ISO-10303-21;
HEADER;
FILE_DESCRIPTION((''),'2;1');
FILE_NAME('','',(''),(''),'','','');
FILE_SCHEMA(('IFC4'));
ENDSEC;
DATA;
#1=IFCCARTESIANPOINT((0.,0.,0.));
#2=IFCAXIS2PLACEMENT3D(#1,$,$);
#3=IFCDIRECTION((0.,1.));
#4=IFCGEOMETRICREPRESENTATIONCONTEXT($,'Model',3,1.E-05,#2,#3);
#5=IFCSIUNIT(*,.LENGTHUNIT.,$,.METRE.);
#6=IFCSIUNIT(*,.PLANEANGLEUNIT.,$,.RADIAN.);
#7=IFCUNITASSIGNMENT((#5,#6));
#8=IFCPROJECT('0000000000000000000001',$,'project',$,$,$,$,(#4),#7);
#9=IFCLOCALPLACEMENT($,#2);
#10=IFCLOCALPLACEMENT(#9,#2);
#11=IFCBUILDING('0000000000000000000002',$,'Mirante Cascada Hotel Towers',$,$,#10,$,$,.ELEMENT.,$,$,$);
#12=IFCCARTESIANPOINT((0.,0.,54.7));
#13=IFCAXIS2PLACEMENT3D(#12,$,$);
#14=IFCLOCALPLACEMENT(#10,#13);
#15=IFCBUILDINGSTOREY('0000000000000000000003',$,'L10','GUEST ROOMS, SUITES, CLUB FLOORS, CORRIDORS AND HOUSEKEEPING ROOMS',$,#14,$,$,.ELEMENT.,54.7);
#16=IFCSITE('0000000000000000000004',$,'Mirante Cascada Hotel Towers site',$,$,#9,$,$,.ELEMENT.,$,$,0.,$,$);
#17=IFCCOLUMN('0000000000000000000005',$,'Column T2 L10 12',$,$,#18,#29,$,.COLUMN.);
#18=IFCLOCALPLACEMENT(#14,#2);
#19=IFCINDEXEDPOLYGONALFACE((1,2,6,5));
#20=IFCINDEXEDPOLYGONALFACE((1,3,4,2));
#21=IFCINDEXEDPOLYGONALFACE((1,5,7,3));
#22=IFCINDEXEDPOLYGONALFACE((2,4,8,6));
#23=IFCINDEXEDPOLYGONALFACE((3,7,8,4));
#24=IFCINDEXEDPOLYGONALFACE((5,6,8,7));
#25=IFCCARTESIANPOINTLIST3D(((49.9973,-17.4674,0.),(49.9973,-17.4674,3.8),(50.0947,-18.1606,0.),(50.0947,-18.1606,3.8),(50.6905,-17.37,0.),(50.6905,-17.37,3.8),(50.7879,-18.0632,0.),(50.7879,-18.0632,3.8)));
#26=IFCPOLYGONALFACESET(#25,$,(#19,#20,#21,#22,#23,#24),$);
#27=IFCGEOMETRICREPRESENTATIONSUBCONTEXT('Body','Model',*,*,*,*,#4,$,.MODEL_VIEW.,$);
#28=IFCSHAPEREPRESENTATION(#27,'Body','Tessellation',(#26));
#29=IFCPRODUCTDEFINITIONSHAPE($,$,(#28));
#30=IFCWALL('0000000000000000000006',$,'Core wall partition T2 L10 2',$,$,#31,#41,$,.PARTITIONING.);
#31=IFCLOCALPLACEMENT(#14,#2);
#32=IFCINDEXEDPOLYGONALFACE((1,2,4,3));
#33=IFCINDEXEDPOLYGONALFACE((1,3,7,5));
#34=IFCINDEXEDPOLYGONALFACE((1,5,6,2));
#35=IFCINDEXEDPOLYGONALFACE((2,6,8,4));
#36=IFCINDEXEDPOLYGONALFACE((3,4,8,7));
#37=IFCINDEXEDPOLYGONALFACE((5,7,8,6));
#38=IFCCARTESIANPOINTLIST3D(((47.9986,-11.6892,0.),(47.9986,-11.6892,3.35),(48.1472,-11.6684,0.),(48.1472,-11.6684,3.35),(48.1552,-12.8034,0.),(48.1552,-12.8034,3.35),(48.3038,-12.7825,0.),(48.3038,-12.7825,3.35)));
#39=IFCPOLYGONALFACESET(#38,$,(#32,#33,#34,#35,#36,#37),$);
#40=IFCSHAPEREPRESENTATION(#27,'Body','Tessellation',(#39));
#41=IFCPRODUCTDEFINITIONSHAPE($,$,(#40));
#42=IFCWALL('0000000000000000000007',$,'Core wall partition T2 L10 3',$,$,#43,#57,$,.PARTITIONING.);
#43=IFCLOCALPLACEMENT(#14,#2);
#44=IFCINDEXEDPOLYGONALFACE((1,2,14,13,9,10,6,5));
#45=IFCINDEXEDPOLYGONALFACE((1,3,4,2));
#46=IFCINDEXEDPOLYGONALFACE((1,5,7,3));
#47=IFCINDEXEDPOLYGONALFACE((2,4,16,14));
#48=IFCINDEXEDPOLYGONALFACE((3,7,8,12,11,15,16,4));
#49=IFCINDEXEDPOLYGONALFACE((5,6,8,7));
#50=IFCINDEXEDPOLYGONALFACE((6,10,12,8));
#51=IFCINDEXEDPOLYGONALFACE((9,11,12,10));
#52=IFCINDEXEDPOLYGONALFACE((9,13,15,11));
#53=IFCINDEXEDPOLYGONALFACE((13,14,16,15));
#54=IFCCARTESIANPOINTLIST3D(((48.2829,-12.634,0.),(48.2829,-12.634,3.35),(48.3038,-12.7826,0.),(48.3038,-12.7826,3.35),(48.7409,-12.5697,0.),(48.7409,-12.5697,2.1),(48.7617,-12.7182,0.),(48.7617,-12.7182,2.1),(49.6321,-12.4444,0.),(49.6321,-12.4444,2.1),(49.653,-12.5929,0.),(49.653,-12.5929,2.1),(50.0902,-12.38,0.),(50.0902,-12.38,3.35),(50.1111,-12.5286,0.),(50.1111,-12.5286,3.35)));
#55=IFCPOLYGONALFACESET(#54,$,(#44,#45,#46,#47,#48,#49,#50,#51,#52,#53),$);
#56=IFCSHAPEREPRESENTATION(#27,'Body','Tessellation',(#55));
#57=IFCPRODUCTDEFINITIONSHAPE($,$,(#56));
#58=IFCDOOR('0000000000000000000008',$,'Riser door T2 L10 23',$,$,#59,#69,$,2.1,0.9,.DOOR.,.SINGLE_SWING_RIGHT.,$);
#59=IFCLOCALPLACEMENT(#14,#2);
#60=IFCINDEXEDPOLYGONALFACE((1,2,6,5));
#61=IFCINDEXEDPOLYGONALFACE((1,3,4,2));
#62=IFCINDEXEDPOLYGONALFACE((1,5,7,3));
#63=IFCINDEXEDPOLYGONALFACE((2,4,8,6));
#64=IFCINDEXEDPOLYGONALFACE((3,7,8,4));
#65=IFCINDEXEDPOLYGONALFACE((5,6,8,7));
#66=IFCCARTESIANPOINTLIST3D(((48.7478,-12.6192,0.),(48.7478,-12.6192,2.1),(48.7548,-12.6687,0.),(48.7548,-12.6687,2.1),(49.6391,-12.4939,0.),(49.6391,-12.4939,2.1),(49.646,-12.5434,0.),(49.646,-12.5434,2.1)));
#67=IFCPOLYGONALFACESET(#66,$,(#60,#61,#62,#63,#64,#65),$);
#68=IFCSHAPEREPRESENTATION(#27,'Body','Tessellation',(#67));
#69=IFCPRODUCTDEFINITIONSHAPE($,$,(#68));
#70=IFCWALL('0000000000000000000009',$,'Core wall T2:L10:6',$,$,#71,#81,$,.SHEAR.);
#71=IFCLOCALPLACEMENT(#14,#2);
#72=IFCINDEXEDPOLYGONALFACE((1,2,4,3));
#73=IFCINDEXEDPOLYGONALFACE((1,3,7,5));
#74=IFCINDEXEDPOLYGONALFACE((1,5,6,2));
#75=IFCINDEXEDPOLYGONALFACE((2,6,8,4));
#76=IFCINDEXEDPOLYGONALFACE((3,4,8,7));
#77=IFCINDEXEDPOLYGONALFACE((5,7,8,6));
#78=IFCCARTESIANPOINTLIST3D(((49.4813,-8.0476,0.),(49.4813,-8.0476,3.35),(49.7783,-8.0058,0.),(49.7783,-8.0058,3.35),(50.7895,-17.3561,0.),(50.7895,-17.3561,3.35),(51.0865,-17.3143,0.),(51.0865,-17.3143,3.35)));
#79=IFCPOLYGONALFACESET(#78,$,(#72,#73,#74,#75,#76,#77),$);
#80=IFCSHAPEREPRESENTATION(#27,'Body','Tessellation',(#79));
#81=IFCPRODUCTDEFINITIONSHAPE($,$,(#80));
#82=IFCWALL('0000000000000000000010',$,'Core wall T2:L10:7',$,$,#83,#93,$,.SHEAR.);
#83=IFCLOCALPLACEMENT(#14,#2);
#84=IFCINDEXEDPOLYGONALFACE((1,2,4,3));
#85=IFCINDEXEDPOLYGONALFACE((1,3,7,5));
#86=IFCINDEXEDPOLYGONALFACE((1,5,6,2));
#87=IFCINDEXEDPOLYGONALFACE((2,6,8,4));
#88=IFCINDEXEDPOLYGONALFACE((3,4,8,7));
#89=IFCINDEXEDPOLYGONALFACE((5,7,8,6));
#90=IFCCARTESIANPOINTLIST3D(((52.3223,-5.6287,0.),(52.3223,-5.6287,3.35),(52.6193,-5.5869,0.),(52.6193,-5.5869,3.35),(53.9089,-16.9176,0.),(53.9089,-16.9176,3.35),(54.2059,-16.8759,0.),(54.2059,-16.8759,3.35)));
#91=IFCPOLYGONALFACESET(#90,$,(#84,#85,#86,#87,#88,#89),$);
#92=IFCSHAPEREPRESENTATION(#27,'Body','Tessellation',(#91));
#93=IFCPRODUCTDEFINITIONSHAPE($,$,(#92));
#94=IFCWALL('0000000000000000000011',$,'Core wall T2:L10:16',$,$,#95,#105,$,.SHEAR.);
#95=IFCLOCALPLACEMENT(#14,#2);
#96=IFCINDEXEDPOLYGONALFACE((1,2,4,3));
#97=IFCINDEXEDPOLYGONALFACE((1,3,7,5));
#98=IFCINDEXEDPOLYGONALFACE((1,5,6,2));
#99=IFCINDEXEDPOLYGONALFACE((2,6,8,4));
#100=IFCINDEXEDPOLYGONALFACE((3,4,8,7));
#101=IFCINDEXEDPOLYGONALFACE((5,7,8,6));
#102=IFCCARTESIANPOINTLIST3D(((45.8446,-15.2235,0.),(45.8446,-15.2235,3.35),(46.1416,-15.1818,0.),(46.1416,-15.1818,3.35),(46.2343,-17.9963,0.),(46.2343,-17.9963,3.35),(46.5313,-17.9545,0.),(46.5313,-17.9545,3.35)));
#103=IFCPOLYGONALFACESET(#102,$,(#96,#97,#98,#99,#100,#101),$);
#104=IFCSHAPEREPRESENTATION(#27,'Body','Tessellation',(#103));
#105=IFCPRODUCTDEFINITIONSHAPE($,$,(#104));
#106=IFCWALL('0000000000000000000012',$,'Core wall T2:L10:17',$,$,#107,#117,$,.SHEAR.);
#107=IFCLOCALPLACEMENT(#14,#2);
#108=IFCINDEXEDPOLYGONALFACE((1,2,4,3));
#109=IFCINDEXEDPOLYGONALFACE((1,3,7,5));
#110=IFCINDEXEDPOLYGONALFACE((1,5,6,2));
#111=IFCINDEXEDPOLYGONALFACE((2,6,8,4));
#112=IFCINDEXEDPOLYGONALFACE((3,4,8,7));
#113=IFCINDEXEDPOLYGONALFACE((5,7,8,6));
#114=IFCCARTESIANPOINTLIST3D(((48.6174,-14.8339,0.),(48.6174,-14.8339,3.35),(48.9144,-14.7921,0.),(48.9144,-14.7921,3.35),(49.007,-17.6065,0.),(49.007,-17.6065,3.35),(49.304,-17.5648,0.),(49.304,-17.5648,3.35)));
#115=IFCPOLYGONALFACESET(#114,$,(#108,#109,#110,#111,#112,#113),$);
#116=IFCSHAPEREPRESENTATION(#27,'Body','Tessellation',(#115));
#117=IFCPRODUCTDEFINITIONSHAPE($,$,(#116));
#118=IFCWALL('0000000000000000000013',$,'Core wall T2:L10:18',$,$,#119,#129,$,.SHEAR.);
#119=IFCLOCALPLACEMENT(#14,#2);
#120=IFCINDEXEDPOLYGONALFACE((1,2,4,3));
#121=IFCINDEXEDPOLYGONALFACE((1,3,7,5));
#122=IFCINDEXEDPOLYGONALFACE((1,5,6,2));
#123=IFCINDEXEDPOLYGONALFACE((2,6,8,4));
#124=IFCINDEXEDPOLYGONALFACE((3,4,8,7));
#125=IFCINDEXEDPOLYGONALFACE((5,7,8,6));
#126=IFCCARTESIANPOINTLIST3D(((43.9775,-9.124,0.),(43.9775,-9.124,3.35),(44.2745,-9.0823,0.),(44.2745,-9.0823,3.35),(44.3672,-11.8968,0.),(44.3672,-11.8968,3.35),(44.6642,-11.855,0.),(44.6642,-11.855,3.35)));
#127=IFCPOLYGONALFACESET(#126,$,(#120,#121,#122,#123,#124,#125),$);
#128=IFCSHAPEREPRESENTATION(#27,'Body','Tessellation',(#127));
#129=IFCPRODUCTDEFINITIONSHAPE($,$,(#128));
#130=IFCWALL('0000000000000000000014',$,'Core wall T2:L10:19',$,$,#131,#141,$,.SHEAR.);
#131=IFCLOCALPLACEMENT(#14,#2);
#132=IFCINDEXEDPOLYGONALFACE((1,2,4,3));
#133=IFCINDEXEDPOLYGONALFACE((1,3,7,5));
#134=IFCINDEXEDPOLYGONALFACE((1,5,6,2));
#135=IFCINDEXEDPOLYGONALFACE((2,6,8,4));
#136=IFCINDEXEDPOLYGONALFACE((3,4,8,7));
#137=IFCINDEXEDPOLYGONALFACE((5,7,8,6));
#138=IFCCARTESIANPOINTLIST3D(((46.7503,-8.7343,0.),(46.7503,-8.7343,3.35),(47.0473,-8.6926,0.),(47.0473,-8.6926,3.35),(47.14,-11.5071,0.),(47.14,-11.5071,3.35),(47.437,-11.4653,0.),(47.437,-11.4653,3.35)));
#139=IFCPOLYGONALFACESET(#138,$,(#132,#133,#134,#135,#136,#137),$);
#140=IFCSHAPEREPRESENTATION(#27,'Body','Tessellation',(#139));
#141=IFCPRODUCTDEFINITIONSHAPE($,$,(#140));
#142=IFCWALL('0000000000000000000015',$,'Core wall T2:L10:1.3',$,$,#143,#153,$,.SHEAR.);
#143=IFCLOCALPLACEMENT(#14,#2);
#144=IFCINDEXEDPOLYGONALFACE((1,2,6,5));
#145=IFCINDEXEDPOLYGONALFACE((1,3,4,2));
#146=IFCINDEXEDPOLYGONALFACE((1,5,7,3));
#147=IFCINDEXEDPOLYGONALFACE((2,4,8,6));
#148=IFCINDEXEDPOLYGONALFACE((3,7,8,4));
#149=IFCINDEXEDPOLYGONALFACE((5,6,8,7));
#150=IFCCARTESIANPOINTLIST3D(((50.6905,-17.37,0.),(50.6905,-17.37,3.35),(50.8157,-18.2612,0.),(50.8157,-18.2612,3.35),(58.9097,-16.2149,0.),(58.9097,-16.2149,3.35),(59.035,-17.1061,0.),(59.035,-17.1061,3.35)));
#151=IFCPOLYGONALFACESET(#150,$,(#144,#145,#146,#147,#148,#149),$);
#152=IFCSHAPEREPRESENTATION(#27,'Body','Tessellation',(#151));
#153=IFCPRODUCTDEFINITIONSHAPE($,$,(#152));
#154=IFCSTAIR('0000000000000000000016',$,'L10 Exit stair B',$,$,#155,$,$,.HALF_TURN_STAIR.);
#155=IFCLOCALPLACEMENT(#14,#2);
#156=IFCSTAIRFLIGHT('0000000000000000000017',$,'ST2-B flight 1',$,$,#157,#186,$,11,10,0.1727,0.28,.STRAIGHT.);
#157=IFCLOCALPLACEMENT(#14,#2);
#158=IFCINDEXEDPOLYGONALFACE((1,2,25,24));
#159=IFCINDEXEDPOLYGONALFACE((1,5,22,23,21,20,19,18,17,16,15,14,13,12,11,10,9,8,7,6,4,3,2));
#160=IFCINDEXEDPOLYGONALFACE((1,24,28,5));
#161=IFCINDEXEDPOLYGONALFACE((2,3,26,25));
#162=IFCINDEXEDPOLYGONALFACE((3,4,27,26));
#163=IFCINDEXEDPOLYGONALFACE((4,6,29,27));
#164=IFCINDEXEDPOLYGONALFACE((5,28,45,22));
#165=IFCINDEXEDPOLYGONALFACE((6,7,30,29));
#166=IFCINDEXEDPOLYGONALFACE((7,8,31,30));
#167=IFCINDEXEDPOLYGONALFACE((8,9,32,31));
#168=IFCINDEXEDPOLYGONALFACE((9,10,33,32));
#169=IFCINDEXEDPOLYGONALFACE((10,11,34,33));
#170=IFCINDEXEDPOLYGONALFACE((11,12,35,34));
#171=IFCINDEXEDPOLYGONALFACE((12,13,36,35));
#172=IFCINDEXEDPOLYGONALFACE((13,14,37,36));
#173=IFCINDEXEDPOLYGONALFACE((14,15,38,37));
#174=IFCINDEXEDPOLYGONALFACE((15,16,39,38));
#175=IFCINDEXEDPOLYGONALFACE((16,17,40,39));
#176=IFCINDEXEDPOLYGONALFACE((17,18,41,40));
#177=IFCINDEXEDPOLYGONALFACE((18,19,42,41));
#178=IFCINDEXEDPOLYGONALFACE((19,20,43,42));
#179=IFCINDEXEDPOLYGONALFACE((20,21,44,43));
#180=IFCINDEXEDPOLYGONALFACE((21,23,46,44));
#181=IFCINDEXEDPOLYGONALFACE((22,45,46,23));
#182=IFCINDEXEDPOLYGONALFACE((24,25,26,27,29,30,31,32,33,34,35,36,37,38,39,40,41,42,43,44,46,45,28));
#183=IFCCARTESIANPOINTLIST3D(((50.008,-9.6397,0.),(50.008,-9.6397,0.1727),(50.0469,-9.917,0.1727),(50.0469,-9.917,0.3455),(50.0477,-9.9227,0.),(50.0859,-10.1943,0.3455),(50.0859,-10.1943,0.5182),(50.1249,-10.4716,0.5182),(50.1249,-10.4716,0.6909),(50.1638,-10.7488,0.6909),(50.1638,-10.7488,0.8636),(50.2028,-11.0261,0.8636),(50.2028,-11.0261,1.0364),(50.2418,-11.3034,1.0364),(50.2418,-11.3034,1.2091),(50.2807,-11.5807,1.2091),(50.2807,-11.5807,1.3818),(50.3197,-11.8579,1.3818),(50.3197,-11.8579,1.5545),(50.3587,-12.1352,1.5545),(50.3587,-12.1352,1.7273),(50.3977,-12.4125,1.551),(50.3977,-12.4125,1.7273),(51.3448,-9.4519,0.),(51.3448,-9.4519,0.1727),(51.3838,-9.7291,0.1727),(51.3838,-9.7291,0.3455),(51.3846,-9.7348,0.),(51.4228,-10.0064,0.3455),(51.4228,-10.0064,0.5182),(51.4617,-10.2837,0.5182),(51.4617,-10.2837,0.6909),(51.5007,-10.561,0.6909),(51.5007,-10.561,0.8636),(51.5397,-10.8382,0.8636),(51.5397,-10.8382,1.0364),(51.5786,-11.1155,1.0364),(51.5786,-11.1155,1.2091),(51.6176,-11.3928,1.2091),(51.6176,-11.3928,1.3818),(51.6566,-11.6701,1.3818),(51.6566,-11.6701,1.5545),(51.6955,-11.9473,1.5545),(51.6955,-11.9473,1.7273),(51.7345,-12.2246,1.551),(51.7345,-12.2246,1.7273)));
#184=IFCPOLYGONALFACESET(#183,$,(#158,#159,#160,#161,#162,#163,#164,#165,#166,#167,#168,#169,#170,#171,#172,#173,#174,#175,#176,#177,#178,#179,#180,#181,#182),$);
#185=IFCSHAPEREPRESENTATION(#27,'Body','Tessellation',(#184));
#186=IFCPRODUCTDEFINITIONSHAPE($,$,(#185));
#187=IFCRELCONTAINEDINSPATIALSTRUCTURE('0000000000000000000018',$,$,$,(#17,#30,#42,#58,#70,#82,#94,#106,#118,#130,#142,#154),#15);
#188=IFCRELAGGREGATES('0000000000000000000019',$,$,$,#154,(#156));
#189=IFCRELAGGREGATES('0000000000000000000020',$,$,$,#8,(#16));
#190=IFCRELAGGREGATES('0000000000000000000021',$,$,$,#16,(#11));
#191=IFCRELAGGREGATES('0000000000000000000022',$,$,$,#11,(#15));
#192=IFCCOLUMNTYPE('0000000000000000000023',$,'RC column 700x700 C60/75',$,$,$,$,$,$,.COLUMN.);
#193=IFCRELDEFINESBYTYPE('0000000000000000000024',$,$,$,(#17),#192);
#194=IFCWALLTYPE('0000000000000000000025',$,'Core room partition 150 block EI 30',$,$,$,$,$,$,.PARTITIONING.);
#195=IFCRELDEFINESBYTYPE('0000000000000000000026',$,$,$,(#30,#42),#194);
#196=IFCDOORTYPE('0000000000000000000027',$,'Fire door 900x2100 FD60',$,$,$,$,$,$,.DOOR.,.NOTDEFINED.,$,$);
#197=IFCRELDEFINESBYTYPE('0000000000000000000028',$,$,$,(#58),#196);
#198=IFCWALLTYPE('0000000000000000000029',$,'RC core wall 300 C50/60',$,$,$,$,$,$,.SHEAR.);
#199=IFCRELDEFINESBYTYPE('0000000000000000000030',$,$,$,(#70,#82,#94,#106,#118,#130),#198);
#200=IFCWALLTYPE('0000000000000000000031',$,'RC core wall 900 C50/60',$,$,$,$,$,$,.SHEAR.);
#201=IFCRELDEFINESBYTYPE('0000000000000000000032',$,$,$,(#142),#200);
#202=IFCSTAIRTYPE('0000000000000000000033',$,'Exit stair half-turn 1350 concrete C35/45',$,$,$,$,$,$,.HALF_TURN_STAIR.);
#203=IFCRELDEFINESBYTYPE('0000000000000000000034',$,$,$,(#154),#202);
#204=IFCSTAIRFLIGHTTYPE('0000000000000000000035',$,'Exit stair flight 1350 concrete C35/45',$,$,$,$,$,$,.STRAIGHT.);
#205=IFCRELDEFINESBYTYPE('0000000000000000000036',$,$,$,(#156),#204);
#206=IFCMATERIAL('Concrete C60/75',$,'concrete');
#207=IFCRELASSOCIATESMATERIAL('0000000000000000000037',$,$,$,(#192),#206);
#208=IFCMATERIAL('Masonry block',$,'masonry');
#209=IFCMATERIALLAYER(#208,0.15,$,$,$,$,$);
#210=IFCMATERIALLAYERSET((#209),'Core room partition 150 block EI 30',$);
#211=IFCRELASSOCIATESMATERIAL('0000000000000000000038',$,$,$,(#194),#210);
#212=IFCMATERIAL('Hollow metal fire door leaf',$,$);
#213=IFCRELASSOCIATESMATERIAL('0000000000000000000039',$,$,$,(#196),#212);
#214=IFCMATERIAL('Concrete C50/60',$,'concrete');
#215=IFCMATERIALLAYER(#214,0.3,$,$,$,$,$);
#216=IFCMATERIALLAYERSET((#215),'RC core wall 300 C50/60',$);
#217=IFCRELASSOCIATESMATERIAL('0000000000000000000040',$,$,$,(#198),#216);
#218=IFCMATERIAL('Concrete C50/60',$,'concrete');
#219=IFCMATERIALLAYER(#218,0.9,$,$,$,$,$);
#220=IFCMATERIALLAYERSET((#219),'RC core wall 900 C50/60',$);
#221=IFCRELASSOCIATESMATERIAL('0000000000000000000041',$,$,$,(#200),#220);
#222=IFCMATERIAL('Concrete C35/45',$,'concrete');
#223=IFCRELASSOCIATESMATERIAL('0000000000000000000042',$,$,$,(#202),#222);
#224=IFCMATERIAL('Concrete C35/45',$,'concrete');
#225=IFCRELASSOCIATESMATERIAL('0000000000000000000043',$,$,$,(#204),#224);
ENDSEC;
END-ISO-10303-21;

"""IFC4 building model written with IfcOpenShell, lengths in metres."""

from ifc_helpers import new_model, si_unit, direction, frame, frame_2d, origin, origin_2d, place, context, subcontext, project, spatial, polyline, rectangle, outline, extrude, material, layer, layer_set, material_profile, profile_set, type_object, element, fill, aggregate, save


model = new_model("IFC4")

# Units and contexts
model_context = context("Model", 3, precision=1e-05, world=origin(), true_north=direction((0.0, 1.0)))
body_context = subcontext(model_context, "Body", "Model", "MODEL_VIEW")
ifc_project = project(units=[si_unit("LENGTHUNIT", "METRE"), si_unit("PLANEANGLEUNIT", "RADIAN")], contexts=[model_context])

# Site, building, storey
site_placement = place(None, origin())
site = spatial("IfcSite", under=ifc_project, at=site_placement, Name="Mirante Cascada Hotel Towers site", CompositionType="ELEMENT", RefElevation=0.0)
building_placement = place(site_placement, origin())
building = spatial("IfcBuilding", under=site, at=building_placement, Name="Mirante Cascada Hotel Towers", CompositionType="ELEMENT")
storey_placement = place(building_placement, frame((0.0, 0.0, 54.7)))
storey = spatial("IfcBuildingStorey", under=building, at=storey_placement, Name="L10", Description="GUEST ROOMS, SUITES, CLUB FLOORS, CORRIDORS AND HOUSEKEEPING ROOMS", CompositionType="ELEMENT", Elevation=54.7)

# Column
ifc_material_1 = material(Name="Concrete C60/75", Category="concrete")
ifc_material_profile = material_profile(ifc_material_1, rectangle(XDim=0.7, YDim=0.7, at=origin_2d()), Name="RC column 700x700 C60/75")
ifc_profile_set = profile_set([ifc_material_profile], Name="Concrete C60/75")
column_type = type_object("IfcColumnType", Name="RC column 700x700 C60/75", PredefinedType="COLUMN", material=ifc_profile_set)
column_placement = place(storey_placement, frame((50.3926, -17.7653, 0.0), z_axis=(0.0, 0.0, 1.0), x_axis=(0.990268, 0.139173, 0.0)))
element("IfcColumn", 1, at=column_placement, inside=storey, type_object=column_type, Name="Column T2 L10 12", PredefinedType="COLUMN", context=body_context, shape_type="SweptSolid", body=[
    extrude(rectangle(XDim=0.7, YDim=0.7, at=origin_2d()), origin(), (0.0, 0.0, 1.0), 3.8),
])

# Wall
ifc_material_2 = material(Name="Masonry block", Category="masonry")
ifc_layer_1 = layer(ifc_material_2, 0.15)
ifc_layer_set_1 = layer_set([ifc_layer_1], Name="Core room partition 150 block EI 30")
wall_type_1 = type_object("IfcWallType", Name="Core room partition 150 block EI 30", PredefinedType="PARTITIONING", material=ifc_layer_set_1)
wall_1_placement = place(storey_placement, frame((48.2295, -12.793, 0.0), z_axis=(0.0, 0.0, 1.0), x_axis=(-0.139193, 0.990265, 0.0)))
element("IfcWall", 2, at=wall_1_placement, inside=storey, type_object=wall_type_1, Name="Core wall partition T2 L10 2", PredefinedType="PARTITIONING", context=body_context, shape_type="SweptSolid", body=[
    extrude(rectangle(XDim=1.1251, YDim=0.15, at=frame_2d((0.5626, 0.0))), origin(), (0.0, 0.0, 1.0), 3.35),
])

# Wall, opening, door
wall_2_placement = place(storey_placement, frame((48.2933, -12.7083, 0.0), z_axis=(0.0, 0.0, 1.0), x_axis=(0.990268, 0.139173, 0.0)))
wall_2 = element("IfcWall", 3, at=wall_2_placement, inside=storey, type_object=wall_type_1, Name="Core wall partition T2 L10 3", PredefinedType="PARTITIONING", context=body_context, shape_type="SweptSolid", body=[
    extrude(rectangle(XDim=1.8251, YDim=0.15, at=frame_2d((0.9126, 0.0))), origin(), (0.0, 0.0, 1.0), 3.35),
])
opening_1_placement = place(wall_2_placement, frame((0.4625, 0.0, 0.0)))
opening_1 = element("IfcOpeningElement", 4, at=opening_1_placement, cuts=wall_2, PredefinedType="OPENING", context=body_context, shape_type="SweptSolid", body=[
    extrude(rectangle(XDim=0.9, YDim=2.1, at=frame_2d((0.45, 1.05))), frame((0.0, 0.075, 0.0), z_axis=(0.0, -1.0, 0.0), x_axis=(1.0, 0.0, 0.0)), (0.0, 0.0, 1.0), 0.15),
])
ifc_material_3 = material(Name="Hollow metal fire door leaf")
door_type_1 = type_object("IfcDoorType", Name="Fire door 900x2100 FD60", OperationType="NOTDEFINED", PredefinedType="DOOR", material=ifc_material_3)
door_1_placement = place(opening_1_placement, frame((0.9, 0.0, 0.0), z_axis=(0.0, 0.0, 1.0), x_axis=(-1.0, 0.0, 0.0)))
door_1 = element("IfcDoor", 5, at=door_1_placement, inside=storey, type_object=door_type_1, Name="Riser door T2 L10 23", OperationType="SINGLE_SWING_RIGHT", OverallHeight=2.1, OverallWidth=0.9, PredefinedType="DOOR", context=body_context, shape_type="SweptSolid", body=[
    extrude(rectangle(XDim=0.9, YDim=2.1, at=frame_2d((0.45, 1.05))), frame((0.0, 0.025, 0.0), z_axis=(0.0, -1.0, 0.0), x_axis=(1.0, 0.0, 0.0)), (0.0, 0.0, 1.0), 0.05),
])
fill(opening_1, door_1)

# Walls
ifc_material_4 = material(Name="Concrete C50/60", Category="concrete")
ifc_layer_2 = layer(ifc_material_4, 0.3)
ifc_layer_set_2 = layer_set([ifc_layer_2], Name="RC core wall 300 C50/60")
wall_type_2 = type_object("IfcWallType", Name="RC core wall 300 C50/60", PredefinedType="SHEAR", material=ifc_layer_set_2)
wall_3_placement = place(storey_placement, frame((50.938, -17.3352, 0.0), z_axis=(0.0, 0.0, 1.0), x_axis=(-0.139171, 0.990268, 0.0)))
element("IfcWall", 6, at=wall_3_placement, inside=storey, type_object=wall_type_2, Name="Core wall T2:L10:6", PredefinedType="SHEAR", context=body_context, shape_type="SweptSolid", body=[
    extrude(rectangle(XDim=9.4, YDim=0.3, at=frame_2d((4.7, 0.0))), origin(), (0.0, 0.0, 1.0), 3.35),
])
wall_4_placement = place(storey_placement, frame((54.0574, -16.8968, 0.0), z_axis=(0.0, 0.0, 1.0), x_axis=(-0.139176, 0.990268, 0.0)))
element("IfcWall", 7, at=wall_4_placement, inside=storey, type_object=wall_type_2, Name="Core wall T2:L10:7", PredefinedType="SHEAR", context=body_context, shape_type="SweptSolid", body=[
    extrude(rectangle(XDim=11.3999, YDim=0.3, at=frame_2d((5.7, 0.0))), origin(), (0.0, 0.0, 1.0), 3.35),
])
wall_5_placement = place(storey_placement, frame((46.3828, -17.9754, 0.0), z_axis=(0.0, 0.0, 1.0), x_axis=(-0.139181, 0.990267, 0.0)))
element("IfcWall", 8, at=wall_5_placement, inside=storey, type_object=wall_type_2, Name="Core wall T2:L10:16", PredefinedType="SHEAR", context=body_context, shape_type="SweptSolid", body=[
    extrude(rectangle(XDim=2.8, YDim=0.3, at=frame_2d((1.4, 0.0))), origin(), (0.0, 0.0, 1.0), 3.35),
])
wall_6_placement = place(storey_placement, frame((49.1555, -17.5857, 0.0), z_axis=(0.0, 0.0, 1.0), x_axis=(-0.139146, 0.990272, 0.0)))
element("IfcWall", 9, at=wall_6_placement, inside=storey, type_object=wall_type_2, Name="Core wall T2:L10:17", PredefinedType="SHEAR", context=body_context, shape_type="SweptSolid", body=[
    extrude(rectangle(XDim=2.7999, YDim=0.3, at=frame_2d((1.4, 0.0))), origin(), (0.0, 0.0, 1.0), 3.35),
])
for number, where, z_axis, x_axis, name in (
    (10, (44.5157, -11.8759, 0.0), (0.0, 0.0, 1.0), (-0.139181, 0.990267, 0.0), "Core wall T2:L10:18"),
    (11, (47.2885, -11.4862, 0.0), (0.0, 0.0, 1.0), (-0.139181, 0.990267, 0.0), "Core wall T2:L10:19"),
):
    element("IfcWall", number, at=place(storey_placement, frame(where, z_axis=z_axis, x_axis=x_axis)), inside=storey, type_object=wall_type_2, Name=name, PredefinedType="SHEAR", context=body_context, shape_type="SweptSolid", body=[
        extrude(rectangle(XDim=2.8, YDim=0.3, at=frame_2d((1.4, 0.0))), origin(), (0.0, 0.0, 1.0), 3.35),
    ])

# Wall
ifc_material_5 = material(Name="Concrete C50/60", Category="concrete")
ifc_layer_3 = layer(ifc_material_5, 0.9)
ifc_layer_set_3 = layer_set([ifc_layer_3], Name="RC core wall 900 C50/60")
wall_type_3 = type_object("IfcWallType", Name="RC core wall 900 C50/60", PredefinedType="SHEAR", material=ifc_layer_set_3)
wall_7_placement = place(storey_placement, frame((50.7531, -17.8156, 0.0), z_axis=(0.0, 0.0, 1.0), x_axis=(0.990269, 0.139169, 0.0)))
element("IfcWall", 12, at=wall_7_placement, inside=storey, type_object=wall_type_3, Name="Core wall T2:L10:1.3", PredefinedType="SHEAR", context=body_context, shape_type="SweptSolid", body=[
    extrude(rectangle(XDim=8.3, YDim=0.9, at=frame_2d((4.15, 0.0))), origin(), (0.0, 0.0, 1.0), 3.35),
])

# Stair, stair flight
ifc_material_6 = material(Name="Concrete C35/45", Category="concrete")
stair_type = type_object("IfcStairType", Name="Exit stair half-turn 1350 concrete C35/45", PredefinedType="HALF_TURN_STAIR", material=ifc_material_6)
stair_placement = place(storey_placement, origin())
stair = element("IfcStair", 13, at=stair_placement, inside=storey, type_object=stair_type, Name="L10 Exit stair B", PredefinedType="HALF_TURN_STAIR")
ifc_material_7 = material(Name="Concrete C35/45", Category="concrete")
stair_flight_type = type_object("IfcStairFlightType", Name="Exit stair flight 1350 concrete C35/45", PredefinedType="STRAIGHT", material=ifc_material_7)
stair_flight_1_placement = place(storey_placement, frame((50.6764, -9.5458, 0.0), z_axis=(0.0, 0.0, 1.0), x_axis=(0.139173, -0.990268, 0.0)))
stair_flight_1 = element("IfcStairFlight", 14, at=stair_flight_1_placement, type_object=stair_flight_type, Name="ST2-B flight 1", NumberOfRisers=11, NumberOfTreads=10, PredefinedType="STRAIGHT", RiserHeight=0.1727, TreadLength=0.28, context=body_context, shape_type="SweptSolid", body=[
    extrude(outline(polyline([(0.0, 0.0), (0.0, 0.1727), (0.28, 0.1727), (0.28, 0.3455), (0.56, 0.3455), (0.56, 0.5182), (0.84, 0.5182), (0.84, 0.6909), (1.12, 0.6909), (1.12, 0.8636), (1.4, 0.8636), (1.4, 1.0364), (1.68, 1.0364), (1.68, 1.2091), (1.96, 1.2091), (1.96, 1.3818), (2.24, 1.3818), (2.24, 1.5545), (2.52, 1.5545), (2.52, 1.7273), (2.8, 1.7273), (2.8, 1.9), (2.8, 1.551), (0.2857, 0.0), (0.0, 0.0)])), frame((0.0, 0.675, 0.0), z_axis=(0.0, -1.0, 0.0), x_axis=(1.0, 0.0, 0.0)), (0.0, 0.0, 1.0), 1.35),
])
aggregate(stair, [stair_flight_1])

save(model, "model.ifc")
